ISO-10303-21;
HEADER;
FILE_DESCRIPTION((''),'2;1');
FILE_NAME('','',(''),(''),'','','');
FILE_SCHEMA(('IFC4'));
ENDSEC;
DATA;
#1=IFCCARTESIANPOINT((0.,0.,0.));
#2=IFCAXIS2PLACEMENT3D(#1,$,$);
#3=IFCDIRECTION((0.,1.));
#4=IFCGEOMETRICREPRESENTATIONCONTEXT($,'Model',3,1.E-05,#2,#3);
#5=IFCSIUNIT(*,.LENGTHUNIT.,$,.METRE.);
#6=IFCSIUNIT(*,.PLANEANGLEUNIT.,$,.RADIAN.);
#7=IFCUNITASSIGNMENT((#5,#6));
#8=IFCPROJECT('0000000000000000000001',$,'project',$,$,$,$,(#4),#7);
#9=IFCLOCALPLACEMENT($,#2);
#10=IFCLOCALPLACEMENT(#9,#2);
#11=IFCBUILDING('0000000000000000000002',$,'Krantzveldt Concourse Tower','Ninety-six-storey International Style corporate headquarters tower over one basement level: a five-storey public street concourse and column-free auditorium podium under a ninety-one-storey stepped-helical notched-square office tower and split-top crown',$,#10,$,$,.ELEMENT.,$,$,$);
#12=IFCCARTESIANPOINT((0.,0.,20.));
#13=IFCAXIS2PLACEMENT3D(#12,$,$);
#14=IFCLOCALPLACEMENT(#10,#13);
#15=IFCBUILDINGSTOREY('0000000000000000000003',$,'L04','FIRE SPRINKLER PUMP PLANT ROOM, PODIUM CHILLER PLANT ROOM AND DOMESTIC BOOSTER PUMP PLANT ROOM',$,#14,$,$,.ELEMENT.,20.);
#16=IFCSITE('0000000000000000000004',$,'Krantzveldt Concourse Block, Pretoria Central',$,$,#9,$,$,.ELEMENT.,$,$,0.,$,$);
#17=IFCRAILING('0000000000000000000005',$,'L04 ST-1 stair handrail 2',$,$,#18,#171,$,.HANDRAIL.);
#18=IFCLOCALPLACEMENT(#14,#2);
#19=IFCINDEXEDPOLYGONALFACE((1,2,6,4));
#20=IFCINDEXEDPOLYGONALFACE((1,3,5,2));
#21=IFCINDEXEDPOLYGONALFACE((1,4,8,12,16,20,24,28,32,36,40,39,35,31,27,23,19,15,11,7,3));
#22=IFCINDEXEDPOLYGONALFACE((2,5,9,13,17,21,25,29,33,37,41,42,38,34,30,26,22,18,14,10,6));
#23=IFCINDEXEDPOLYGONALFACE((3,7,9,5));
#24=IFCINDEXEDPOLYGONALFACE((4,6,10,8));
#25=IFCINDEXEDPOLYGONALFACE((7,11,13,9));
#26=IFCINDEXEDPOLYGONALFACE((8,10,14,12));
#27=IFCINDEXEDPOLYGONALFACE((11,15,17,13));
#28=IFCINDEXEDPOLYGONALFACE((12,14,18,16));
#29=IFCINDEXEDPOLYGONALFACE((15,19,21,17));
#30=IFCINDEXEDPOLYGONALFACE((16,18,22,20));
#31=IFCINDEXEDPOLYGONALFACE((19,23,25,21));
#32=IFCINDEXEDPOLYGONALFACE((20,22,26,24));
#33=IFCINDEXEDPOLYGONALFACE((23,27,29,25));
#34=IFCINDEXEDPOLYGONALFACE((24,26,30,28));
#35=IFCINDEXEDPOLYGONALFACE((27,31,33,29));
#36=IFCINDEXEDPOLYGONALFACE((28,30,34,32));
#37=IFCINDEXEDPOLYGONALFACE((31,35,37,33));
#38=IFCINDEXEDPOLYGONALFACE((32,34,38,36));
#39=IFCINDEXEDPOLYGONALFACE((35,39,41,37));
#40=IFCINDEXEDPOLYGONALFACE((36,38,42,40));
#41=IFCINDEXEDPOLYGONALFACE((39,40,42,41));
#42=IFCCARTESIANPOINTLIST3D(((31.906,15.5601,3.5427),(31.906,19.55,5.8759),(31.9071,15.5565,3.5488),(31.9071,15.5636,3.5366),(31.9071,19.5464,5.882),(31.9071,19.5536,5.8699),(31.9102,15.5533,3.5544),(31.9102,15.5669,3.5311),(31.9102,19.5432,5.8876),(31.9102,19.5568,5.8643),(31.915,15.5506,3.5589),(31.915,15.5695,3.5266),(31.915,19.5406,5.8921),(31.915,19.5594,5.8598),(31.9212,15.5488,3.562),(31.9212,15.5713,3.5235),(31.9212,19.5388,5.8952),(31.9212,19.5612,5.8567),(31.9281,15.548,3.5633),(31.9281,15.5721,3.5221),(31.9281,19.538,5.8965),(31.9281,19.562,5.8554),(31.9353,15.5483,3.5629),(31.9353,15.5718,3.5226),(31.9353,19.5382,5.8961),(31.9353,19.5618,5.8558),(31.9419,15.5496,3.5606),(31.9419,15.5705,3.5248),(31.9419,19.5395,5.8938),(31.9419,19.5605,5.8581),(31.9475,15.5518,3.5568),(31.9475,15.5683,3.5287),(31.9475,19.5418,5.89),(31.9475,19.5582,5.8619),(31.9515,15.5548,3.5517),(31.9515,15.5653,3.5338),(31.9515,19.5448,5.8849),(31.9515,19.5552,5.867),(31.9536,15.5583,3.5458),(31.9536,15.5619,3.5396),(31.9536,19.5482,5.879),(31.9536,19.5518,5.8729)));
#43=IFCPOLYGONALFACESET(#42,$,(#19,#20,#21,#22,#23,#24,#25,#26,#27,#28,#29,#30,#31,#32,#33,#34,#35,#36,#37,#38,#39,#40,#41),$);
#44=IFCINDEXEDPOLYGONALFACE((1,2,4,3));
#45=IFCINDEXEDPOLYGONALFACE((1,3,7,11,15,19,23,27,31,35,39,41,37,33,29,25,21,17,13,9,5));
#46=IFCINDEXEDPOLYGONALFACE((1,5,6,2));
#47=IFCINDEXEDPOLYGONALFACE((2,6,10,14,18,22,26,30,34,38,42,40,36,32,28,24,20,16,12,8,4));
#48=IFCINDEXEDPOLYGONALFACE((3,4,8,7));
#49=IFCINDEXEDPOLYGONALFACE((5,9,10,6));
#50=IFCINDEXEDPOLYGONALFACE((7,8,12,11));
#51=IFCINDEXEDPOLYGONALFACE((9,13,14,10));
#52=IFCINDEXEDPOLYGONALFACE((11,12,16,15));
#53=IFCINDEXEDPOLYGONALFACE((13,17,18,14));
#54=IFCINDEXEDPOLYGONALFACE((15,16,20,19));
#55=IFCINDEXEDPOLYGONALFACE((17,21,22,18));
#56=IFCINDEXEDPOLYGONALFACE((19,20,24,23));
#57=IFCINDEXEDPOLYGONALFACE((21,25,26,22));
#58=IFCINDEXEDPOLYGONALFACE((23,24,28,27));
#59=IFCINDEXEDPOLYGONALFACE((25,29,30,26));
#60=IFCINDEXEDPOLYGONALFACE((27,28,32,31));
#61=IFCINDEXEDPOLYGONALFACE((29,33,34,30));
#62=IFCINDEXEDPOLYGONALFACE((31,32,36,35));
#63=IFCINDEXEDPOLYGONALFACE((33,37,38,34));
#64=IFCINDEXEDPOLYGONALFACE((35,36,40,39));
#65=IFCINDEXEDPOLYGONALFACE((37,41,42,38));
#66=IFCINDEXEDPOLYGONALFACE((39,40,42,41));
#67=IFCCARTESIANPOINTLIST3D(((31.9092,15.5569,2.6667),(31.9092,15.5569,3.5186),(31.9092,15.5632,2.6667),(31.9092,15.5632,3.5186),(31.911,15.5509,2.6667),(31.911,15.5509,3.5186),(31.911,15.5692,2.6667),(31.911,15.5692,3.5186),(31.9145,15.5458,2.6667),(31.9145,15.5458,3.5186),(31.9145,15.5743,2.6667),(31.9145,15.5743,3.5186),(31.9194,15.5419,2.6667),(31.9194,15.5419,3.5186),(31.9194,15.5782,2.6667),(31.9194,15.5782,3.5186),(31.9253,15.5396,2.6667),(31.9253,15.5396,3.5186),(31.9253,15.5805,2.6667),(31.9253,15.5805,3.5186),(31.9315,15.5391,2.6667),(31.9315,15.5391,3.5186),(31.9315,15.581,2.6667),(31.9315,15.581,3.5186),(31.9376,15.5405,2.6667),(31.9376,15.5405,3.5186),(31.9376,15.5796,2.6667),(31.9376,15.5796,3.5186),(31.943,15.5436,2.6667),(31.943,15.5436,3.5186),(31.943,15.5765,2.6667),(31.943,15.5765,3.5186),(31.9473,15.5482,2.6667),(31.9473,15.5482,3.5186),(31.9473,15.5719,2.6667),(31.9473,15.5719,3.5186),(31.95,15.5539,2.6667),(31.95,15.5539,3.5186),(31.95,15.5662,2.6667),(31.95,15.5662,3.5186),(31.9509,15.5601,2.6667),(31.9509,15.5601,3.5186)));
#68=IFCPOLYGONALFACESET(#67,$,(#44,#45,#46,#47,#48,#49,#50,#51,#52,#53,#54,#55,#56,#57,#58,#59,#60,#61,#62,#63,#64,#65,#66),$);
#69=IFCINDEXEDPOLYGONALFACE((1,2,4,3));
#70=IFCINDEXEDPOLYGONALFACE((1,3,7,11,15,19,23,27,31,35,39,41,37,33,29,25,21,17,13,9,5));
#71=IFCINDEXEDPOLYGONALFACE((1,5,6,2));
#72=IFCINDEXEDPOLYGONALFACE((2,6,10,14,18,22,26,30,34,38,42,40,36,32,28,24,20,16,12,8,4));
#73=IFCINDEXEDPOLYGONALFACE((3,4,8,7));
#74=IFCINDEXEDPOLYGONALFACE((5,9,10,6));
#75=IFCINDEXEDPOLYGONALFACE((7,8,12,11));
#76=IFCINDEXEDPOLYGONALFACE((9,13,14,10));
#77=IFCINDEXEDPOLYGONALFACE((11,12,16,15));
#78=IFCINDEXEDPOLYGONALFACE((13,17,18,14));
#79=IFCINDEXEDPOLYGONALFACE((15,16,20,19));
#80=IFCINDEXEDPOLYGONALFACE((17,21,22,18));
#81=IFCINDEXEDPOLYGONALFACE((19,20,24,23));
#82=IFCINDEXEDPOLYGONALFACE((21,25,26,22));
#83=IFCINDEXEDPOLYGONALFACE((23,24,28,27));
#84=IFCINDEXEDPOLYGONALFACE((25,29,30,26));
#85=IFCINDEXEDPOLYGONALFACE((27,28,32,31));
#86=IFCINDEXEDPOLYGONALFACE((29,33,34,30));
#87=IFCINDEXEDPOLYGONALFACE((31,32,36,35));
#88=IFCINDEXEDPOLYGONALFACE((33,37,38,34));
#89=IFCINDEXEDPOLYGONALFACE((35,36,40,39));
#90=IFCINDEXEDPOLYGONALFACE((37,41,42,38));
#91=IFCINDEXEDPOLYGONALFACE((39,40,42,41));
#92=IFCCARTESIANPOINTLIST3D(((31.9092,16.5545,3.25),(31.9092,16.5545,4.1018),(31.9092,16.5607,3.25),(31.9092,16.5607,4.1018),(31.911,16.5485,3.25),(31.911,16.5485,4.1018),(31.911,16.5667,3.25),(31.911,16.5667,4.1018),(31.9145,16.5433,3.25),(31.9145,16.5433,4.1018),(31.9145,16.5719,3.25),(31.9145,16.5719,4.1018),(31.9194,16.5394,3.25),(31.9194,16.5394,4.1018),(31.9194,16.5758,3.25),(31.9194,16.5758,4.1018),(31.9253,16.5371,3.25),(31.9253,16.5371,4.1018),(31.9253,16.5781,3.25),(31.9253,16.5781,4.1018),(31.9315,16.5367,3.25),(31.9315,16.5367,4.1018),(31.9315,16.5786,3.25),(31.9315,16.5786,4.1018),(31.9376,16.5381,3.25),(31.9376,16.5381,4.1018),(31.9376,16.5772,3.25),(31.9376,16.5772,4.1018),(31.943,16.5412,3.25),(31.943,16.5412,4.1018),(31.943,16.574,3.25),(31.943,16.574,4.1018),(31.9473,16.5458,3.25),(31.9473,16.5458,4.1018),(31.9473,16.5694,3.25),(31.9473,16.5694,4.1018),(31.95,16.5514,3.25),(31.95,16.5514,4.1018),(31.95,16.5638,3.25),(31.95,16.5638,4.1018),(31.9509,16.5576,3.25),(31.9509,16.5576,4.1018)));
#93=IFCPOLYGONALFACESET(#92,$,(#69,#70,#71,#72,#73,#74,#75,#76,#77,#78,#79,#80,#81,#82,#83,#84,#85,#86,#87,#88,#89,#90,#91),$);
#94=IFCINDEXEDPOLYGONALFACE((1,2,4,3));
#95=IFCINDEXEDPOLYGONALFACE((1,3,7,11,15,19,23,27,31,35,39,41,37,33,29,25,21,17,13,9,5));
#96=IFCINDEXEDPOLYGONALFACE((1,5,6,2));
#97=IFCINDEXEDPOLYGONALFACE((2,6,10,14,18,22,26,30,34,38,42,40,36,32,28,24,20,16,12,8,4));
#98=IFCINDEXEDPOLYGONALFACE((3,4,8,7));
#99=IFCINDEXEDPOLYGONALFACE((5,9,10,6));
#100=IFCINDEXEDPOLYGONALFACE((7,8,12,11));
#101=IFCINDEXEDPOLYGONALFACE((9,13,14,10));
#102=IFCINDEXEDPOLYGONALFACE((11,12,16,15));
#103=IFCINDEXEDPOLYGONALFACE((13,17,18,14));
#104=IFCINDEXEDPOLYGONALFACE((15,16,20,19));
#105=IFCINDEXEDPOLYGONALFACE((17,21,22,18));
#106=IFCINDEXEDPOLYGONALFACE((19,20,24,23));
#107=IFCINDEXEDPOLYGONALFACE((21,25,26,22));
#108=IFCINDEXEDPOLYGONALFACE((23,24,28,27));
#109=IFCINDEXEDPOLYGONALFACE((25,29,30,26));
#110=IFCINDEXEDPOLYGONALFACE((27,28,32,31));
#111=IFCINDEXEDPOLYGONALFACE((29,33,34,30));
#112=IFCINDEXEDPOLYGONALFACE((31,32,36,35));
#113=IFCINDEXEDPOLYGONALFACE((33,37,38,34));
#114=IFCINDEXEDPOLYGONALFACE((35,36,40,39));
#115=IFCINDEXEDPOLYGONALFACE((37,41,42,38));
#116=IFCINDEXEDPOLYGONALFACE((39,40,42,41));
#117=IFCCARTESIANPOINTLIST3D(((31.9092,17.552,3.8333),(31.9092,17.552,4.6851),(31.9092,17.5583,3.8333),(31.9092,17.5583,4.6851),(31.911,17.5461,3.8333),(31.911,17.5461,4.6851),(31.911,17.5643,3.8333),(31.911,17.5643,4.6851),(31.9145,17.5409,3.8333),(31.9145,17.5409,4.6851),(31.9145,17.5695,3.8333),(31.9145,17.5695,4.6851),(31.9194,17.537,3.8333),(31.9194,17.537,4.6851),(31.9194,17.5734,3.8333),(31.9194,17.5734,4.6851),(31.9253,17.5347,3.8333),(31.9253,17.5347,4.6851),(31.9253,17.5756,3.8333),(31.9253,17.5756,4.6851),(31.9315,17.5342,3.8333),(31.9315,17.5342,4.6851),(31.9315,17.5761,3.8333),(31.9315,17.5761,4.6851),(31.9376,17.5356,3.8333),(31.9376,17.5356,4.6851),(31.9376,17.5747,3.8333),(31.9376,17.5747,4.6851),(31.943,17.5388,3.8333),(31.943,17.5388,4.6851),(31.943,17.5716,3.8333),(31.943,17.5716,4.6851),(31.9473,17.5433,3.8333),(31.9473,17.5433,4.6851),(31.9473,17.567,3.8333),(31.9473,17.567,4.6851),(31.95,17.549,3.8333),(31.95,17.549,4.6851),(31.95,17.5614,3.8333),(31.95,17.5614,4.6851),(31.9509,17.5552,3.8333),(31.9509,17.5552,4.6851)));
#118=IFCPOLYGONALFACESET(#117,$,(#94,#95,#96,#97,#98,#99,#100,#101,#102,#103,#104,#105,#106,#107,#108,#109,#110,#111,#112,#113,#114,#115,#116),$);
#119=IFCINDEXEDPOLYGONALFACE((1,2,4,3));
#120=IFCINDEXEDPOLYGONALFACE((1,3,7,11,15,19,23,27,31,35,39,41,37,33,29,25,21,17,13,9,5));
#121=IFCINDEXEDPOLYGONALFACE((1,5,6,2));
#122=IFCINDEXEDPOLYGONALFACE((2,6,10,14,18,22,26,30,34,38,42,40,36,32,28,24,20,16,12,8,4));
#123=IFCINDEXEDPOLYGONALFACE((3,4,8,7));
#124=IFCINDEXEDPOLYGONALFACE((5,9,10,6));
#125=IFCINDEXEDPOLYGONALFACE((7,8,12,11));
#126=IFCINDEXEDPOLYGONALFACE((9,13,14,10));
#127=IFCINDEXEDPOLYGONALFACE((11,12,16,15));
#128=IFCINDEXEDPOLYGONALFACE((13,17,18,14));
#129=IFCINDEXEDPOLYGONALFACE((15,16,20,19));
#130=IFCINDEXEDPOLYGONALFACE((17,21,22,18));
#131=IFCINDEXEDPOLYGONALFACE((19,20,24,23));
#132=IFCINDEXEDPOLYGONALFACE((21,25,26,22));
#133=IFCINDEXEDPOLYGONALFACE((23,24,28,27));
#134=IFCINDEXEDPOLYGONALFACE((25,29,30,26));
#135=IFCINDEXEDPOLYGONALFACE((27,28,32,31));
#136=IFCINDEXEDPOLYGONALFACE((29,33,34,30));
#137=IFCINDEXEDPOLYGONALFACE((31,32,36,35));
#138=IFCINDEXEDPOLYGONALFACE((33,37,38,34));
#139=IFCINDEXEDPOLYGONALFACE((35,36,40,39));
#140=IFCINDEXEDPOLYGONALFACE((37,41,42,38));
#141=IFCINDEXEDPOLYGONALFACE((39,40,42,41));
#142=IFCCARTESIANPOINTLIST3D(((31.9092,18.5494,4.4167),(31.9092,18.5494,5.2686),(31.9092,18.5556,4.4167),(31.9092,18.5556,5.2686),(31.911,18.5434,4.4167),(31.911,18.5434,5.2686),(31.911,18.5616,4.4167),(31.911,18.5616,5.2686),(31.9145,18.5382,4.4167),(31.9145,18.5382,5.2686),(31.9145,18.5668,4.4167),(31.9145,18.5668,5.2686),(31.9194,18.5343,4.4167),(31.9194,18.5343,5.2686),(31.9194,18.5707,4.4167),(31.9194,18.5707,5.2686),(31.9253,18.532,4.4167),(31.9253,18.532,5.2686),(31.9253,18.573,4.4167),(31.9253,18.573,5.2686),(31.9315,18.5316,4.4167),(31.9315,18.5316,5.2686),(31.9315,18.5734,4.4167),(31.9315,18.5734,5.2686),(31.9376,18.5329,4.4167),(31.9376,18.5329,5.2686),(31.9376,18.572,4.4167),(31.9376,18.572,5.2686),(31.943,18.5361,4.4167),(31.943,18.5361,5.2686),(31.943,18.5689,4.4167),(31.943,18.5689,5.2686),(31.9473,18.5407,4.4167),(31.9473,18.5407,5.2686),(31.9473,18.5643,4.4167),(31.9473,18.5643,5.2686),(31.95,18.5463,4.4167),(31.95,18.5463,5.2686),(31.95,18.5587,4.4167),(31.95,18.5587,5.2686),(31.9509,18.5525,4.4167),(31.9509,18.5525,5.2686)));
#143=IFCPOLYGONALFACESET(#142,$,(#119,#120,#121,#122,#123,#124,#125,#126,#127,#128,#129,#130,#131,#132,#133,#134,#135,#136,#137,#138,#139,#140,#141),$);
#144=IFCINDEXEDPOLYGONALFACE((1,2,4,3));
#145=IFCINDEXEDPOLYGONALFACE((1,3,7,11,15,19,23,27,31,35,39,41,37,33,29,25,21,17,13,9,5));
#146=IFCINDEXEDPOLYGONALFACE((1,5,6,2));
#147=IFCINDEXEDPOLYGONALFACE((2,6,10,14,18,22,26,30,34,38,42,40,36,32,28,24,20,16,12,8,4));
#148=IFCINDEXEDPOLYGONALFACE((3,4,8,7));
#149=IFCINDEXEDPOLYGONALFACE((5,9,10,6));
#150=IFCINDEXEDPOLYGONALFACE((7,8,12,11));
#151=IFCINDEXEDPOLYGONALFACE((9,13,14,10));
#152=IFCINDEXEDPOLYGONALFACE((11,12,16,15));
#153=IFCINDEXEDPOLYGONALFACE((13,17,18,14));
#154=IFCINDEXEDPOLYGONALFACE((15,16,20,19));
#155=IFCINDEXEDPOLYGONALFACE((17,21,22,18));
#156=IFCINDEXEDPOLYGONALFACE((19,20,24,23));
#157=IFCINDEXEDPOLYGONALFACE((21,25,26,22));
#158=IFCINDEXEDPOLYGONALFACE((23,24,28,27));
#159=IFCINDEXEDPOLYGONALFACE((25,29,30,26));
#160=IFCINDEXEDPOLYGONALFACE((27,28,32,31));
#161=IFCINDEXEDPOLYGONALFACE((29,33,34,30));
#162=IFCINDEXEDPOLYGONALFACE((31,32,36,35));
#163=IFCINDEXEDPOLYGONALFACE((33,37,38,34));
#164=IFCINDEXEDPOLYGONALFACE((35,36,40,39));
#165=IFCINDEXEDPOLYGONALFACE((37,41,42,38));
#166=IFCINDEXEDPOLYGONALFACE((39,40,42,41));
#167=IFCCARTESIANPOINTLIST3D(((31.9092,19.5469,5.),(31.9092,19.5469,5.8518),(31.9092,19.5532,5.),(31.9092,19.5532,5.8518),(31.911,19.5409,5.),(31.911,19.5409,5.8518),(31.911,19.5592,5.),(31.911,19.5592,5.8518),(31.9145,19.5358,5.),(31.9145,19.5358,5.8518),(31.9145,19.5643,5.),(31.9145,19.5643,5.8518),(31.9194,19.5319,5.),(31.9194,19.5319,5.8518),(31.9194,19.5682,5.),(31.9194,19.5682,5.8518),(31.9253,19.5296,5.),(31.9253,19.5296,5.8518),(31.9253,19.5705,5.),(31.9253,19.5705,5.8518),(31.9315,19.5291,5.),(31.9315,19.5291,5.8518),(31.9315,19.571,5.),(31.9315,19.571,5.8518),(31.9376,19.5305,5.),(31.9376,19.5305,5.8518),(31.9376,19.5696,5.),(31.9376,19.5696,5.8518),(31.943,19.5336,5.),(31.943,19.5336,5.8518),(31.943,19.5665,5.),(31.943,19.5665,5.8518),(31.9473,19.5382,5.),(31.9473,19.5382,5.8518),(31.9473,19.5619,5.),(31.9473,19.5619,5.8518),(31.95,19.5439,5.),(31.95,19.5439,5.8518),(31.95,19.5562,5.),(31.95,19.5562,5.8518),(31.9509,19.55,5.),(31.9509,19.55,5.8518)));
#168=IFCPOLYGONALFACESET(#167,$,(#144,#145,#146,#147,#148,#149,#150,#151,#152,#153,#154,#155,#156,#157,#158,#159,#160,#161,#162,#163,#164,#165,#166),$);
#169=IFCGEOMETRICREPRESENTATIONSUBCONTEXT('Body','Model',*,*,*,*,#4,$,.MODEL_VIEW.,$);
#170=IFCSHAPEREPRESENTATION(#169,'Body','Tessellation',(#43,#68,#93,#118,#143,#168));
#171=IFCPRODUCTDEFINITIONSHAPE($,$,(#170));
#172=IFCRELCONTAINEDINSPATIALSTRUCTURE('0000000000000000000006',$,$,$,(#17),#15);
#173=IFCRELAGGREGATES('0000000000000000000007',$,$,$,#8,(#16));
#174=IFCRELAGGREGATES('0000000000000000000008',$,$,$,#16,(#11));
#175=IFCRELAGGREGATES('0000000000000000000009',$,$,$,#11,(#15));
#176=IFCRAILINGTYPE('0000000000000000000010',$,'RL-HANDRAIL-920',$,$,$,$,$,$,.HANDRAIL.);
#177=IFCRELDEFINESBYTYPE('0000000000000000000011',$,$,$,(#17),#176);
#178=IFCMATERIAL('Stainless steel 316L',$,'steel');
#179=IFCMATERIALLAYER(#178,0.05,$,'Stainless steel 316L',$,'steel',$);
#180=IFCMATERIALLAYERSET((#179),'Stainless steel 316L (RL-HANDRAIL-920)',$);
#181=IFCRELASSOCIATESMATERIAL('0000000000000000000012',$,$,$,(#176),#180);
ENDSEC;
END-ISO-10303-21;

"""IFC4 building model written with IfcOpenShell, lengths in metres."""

from ifc_helpers import new_model, si_unit, direction, frame, origin, origin_2d, place, context, subcontext, project, spatial, circle, extrude, material, layer, layer_set, type_object, element, save


model = new_model("IFC4")

# Units and contexts
model_context = context("Model", 3, precision=1e-05, world=origin(), true_north=direction((0.0, 1.0)))
body_context = subcontext(model_context, "Body", "Model", "MODEL_VIEW")
ifc_project = project(units=[si_unit("LENGTHUNIT", "METRE"), si_unit("PLANEANGLEUNIT", "RADIAN")], contexts=[model_context])

# Site, building, storey
site_placement = place(None, origin())
site = spatial("IfcSite", under=ifc_project, at=site_placement, Name="Krantzveldt Concourse Block, Pretoria Central", CompositionType="ELEMENT", RefElevation=0.0)
building_placement = place(site_placement, origin())
building = spatial("IfcBuilding", under=site, at=building_placement, Name="Krantzveldt Concourse Tower", Description="Ninety-six-storey International Style corporate headquarters tower over one basement level: a five-storey public street concourse and column-free auditorium podium under a ninety-one-storey stepped-helical notched-square office tower and split-top crown", CompositionType="ELEMENT")
storey_placement = place(building_placement, frame((0.0, 0.0, 20.0)))
storey = spatial("IfcBuildingStorey", under=building, at=storey_placement, Name="L04", Description="FIRE SPRINKLER PUMP PLANT ROOM, PODIUM CHILLER PLANT ROOM AND DOMESTIC BOOSTER PUMP PLANT ROOM", CompositionType="ELEMENT", Elevation=20.0)

# Shared definitions
ifc_material_1 = material(Name="Stainless steel 316L", Category="steel")

# Railing
ifc_layer_1 = layer(ifc_material_1, 0.05, Name="Stainless steel 316L", Category="steel")
ifc_layer_set_1 = layer_set([ifc_layer_1], Name="Stainless steel 316L (RL-HANDRAIL-920)")
railing_type_1 = type_object("IfcRailingType", Name="RL-HANDRAIL-920", PredefinedType="HANDRAIL", material=ifc_layer_set_1)
railing_1_placement = place(storey_placement, frame((31.9299, 15.5601, 2.6667)))
element("IfcRailing", 1, at=railing_1_placement, inside=storey, type_object=railing_type_1, Name="L04 ST-1 stair handrail 2", PredefinedType="HANDRAIL", context=body_context, shape_type="SweptSolid", body=[
    extrude(circle(Radius=0.0239, at=origin_2d()), frame((0.0, 0.0, 0.876), z_axis=(0.0, 0.863236, 0.5048), x_axis=(-1.0, 0.0, 0.0)), (0.0, 0.0, 1.0), 4.6221),
    extrude(circle(Radius=0.021, at=origin_2d()), origin(), (0.0, 0.0, 1.0), 0.8518),
    extrude(circle(Radius=0.021, at=origin_2d()), frame((0.0, 0.9976, 0.5833)), (0.0, 0.0, 1.0), 0.8518),
    extrude(circle(Radius=0.021, at=origin_2d()), frame((0.0, 1.9951, 1.1665)), (0.0, 0.0, 1.0), 0.8518),
    extrude(circle(Radius=0.021, at=origin_2d()), frame((0.0, 2.9924, 1.75)), (0.0, 0.0, 1.0), 0.8518),
    extrude(circle(Radius=0.021, at=origin_2d()), frame((0.0, 3.99, 2.3333)), (0.0, 0.0, 1.0), 0.8518),
])

save(model, "model.ifc")
